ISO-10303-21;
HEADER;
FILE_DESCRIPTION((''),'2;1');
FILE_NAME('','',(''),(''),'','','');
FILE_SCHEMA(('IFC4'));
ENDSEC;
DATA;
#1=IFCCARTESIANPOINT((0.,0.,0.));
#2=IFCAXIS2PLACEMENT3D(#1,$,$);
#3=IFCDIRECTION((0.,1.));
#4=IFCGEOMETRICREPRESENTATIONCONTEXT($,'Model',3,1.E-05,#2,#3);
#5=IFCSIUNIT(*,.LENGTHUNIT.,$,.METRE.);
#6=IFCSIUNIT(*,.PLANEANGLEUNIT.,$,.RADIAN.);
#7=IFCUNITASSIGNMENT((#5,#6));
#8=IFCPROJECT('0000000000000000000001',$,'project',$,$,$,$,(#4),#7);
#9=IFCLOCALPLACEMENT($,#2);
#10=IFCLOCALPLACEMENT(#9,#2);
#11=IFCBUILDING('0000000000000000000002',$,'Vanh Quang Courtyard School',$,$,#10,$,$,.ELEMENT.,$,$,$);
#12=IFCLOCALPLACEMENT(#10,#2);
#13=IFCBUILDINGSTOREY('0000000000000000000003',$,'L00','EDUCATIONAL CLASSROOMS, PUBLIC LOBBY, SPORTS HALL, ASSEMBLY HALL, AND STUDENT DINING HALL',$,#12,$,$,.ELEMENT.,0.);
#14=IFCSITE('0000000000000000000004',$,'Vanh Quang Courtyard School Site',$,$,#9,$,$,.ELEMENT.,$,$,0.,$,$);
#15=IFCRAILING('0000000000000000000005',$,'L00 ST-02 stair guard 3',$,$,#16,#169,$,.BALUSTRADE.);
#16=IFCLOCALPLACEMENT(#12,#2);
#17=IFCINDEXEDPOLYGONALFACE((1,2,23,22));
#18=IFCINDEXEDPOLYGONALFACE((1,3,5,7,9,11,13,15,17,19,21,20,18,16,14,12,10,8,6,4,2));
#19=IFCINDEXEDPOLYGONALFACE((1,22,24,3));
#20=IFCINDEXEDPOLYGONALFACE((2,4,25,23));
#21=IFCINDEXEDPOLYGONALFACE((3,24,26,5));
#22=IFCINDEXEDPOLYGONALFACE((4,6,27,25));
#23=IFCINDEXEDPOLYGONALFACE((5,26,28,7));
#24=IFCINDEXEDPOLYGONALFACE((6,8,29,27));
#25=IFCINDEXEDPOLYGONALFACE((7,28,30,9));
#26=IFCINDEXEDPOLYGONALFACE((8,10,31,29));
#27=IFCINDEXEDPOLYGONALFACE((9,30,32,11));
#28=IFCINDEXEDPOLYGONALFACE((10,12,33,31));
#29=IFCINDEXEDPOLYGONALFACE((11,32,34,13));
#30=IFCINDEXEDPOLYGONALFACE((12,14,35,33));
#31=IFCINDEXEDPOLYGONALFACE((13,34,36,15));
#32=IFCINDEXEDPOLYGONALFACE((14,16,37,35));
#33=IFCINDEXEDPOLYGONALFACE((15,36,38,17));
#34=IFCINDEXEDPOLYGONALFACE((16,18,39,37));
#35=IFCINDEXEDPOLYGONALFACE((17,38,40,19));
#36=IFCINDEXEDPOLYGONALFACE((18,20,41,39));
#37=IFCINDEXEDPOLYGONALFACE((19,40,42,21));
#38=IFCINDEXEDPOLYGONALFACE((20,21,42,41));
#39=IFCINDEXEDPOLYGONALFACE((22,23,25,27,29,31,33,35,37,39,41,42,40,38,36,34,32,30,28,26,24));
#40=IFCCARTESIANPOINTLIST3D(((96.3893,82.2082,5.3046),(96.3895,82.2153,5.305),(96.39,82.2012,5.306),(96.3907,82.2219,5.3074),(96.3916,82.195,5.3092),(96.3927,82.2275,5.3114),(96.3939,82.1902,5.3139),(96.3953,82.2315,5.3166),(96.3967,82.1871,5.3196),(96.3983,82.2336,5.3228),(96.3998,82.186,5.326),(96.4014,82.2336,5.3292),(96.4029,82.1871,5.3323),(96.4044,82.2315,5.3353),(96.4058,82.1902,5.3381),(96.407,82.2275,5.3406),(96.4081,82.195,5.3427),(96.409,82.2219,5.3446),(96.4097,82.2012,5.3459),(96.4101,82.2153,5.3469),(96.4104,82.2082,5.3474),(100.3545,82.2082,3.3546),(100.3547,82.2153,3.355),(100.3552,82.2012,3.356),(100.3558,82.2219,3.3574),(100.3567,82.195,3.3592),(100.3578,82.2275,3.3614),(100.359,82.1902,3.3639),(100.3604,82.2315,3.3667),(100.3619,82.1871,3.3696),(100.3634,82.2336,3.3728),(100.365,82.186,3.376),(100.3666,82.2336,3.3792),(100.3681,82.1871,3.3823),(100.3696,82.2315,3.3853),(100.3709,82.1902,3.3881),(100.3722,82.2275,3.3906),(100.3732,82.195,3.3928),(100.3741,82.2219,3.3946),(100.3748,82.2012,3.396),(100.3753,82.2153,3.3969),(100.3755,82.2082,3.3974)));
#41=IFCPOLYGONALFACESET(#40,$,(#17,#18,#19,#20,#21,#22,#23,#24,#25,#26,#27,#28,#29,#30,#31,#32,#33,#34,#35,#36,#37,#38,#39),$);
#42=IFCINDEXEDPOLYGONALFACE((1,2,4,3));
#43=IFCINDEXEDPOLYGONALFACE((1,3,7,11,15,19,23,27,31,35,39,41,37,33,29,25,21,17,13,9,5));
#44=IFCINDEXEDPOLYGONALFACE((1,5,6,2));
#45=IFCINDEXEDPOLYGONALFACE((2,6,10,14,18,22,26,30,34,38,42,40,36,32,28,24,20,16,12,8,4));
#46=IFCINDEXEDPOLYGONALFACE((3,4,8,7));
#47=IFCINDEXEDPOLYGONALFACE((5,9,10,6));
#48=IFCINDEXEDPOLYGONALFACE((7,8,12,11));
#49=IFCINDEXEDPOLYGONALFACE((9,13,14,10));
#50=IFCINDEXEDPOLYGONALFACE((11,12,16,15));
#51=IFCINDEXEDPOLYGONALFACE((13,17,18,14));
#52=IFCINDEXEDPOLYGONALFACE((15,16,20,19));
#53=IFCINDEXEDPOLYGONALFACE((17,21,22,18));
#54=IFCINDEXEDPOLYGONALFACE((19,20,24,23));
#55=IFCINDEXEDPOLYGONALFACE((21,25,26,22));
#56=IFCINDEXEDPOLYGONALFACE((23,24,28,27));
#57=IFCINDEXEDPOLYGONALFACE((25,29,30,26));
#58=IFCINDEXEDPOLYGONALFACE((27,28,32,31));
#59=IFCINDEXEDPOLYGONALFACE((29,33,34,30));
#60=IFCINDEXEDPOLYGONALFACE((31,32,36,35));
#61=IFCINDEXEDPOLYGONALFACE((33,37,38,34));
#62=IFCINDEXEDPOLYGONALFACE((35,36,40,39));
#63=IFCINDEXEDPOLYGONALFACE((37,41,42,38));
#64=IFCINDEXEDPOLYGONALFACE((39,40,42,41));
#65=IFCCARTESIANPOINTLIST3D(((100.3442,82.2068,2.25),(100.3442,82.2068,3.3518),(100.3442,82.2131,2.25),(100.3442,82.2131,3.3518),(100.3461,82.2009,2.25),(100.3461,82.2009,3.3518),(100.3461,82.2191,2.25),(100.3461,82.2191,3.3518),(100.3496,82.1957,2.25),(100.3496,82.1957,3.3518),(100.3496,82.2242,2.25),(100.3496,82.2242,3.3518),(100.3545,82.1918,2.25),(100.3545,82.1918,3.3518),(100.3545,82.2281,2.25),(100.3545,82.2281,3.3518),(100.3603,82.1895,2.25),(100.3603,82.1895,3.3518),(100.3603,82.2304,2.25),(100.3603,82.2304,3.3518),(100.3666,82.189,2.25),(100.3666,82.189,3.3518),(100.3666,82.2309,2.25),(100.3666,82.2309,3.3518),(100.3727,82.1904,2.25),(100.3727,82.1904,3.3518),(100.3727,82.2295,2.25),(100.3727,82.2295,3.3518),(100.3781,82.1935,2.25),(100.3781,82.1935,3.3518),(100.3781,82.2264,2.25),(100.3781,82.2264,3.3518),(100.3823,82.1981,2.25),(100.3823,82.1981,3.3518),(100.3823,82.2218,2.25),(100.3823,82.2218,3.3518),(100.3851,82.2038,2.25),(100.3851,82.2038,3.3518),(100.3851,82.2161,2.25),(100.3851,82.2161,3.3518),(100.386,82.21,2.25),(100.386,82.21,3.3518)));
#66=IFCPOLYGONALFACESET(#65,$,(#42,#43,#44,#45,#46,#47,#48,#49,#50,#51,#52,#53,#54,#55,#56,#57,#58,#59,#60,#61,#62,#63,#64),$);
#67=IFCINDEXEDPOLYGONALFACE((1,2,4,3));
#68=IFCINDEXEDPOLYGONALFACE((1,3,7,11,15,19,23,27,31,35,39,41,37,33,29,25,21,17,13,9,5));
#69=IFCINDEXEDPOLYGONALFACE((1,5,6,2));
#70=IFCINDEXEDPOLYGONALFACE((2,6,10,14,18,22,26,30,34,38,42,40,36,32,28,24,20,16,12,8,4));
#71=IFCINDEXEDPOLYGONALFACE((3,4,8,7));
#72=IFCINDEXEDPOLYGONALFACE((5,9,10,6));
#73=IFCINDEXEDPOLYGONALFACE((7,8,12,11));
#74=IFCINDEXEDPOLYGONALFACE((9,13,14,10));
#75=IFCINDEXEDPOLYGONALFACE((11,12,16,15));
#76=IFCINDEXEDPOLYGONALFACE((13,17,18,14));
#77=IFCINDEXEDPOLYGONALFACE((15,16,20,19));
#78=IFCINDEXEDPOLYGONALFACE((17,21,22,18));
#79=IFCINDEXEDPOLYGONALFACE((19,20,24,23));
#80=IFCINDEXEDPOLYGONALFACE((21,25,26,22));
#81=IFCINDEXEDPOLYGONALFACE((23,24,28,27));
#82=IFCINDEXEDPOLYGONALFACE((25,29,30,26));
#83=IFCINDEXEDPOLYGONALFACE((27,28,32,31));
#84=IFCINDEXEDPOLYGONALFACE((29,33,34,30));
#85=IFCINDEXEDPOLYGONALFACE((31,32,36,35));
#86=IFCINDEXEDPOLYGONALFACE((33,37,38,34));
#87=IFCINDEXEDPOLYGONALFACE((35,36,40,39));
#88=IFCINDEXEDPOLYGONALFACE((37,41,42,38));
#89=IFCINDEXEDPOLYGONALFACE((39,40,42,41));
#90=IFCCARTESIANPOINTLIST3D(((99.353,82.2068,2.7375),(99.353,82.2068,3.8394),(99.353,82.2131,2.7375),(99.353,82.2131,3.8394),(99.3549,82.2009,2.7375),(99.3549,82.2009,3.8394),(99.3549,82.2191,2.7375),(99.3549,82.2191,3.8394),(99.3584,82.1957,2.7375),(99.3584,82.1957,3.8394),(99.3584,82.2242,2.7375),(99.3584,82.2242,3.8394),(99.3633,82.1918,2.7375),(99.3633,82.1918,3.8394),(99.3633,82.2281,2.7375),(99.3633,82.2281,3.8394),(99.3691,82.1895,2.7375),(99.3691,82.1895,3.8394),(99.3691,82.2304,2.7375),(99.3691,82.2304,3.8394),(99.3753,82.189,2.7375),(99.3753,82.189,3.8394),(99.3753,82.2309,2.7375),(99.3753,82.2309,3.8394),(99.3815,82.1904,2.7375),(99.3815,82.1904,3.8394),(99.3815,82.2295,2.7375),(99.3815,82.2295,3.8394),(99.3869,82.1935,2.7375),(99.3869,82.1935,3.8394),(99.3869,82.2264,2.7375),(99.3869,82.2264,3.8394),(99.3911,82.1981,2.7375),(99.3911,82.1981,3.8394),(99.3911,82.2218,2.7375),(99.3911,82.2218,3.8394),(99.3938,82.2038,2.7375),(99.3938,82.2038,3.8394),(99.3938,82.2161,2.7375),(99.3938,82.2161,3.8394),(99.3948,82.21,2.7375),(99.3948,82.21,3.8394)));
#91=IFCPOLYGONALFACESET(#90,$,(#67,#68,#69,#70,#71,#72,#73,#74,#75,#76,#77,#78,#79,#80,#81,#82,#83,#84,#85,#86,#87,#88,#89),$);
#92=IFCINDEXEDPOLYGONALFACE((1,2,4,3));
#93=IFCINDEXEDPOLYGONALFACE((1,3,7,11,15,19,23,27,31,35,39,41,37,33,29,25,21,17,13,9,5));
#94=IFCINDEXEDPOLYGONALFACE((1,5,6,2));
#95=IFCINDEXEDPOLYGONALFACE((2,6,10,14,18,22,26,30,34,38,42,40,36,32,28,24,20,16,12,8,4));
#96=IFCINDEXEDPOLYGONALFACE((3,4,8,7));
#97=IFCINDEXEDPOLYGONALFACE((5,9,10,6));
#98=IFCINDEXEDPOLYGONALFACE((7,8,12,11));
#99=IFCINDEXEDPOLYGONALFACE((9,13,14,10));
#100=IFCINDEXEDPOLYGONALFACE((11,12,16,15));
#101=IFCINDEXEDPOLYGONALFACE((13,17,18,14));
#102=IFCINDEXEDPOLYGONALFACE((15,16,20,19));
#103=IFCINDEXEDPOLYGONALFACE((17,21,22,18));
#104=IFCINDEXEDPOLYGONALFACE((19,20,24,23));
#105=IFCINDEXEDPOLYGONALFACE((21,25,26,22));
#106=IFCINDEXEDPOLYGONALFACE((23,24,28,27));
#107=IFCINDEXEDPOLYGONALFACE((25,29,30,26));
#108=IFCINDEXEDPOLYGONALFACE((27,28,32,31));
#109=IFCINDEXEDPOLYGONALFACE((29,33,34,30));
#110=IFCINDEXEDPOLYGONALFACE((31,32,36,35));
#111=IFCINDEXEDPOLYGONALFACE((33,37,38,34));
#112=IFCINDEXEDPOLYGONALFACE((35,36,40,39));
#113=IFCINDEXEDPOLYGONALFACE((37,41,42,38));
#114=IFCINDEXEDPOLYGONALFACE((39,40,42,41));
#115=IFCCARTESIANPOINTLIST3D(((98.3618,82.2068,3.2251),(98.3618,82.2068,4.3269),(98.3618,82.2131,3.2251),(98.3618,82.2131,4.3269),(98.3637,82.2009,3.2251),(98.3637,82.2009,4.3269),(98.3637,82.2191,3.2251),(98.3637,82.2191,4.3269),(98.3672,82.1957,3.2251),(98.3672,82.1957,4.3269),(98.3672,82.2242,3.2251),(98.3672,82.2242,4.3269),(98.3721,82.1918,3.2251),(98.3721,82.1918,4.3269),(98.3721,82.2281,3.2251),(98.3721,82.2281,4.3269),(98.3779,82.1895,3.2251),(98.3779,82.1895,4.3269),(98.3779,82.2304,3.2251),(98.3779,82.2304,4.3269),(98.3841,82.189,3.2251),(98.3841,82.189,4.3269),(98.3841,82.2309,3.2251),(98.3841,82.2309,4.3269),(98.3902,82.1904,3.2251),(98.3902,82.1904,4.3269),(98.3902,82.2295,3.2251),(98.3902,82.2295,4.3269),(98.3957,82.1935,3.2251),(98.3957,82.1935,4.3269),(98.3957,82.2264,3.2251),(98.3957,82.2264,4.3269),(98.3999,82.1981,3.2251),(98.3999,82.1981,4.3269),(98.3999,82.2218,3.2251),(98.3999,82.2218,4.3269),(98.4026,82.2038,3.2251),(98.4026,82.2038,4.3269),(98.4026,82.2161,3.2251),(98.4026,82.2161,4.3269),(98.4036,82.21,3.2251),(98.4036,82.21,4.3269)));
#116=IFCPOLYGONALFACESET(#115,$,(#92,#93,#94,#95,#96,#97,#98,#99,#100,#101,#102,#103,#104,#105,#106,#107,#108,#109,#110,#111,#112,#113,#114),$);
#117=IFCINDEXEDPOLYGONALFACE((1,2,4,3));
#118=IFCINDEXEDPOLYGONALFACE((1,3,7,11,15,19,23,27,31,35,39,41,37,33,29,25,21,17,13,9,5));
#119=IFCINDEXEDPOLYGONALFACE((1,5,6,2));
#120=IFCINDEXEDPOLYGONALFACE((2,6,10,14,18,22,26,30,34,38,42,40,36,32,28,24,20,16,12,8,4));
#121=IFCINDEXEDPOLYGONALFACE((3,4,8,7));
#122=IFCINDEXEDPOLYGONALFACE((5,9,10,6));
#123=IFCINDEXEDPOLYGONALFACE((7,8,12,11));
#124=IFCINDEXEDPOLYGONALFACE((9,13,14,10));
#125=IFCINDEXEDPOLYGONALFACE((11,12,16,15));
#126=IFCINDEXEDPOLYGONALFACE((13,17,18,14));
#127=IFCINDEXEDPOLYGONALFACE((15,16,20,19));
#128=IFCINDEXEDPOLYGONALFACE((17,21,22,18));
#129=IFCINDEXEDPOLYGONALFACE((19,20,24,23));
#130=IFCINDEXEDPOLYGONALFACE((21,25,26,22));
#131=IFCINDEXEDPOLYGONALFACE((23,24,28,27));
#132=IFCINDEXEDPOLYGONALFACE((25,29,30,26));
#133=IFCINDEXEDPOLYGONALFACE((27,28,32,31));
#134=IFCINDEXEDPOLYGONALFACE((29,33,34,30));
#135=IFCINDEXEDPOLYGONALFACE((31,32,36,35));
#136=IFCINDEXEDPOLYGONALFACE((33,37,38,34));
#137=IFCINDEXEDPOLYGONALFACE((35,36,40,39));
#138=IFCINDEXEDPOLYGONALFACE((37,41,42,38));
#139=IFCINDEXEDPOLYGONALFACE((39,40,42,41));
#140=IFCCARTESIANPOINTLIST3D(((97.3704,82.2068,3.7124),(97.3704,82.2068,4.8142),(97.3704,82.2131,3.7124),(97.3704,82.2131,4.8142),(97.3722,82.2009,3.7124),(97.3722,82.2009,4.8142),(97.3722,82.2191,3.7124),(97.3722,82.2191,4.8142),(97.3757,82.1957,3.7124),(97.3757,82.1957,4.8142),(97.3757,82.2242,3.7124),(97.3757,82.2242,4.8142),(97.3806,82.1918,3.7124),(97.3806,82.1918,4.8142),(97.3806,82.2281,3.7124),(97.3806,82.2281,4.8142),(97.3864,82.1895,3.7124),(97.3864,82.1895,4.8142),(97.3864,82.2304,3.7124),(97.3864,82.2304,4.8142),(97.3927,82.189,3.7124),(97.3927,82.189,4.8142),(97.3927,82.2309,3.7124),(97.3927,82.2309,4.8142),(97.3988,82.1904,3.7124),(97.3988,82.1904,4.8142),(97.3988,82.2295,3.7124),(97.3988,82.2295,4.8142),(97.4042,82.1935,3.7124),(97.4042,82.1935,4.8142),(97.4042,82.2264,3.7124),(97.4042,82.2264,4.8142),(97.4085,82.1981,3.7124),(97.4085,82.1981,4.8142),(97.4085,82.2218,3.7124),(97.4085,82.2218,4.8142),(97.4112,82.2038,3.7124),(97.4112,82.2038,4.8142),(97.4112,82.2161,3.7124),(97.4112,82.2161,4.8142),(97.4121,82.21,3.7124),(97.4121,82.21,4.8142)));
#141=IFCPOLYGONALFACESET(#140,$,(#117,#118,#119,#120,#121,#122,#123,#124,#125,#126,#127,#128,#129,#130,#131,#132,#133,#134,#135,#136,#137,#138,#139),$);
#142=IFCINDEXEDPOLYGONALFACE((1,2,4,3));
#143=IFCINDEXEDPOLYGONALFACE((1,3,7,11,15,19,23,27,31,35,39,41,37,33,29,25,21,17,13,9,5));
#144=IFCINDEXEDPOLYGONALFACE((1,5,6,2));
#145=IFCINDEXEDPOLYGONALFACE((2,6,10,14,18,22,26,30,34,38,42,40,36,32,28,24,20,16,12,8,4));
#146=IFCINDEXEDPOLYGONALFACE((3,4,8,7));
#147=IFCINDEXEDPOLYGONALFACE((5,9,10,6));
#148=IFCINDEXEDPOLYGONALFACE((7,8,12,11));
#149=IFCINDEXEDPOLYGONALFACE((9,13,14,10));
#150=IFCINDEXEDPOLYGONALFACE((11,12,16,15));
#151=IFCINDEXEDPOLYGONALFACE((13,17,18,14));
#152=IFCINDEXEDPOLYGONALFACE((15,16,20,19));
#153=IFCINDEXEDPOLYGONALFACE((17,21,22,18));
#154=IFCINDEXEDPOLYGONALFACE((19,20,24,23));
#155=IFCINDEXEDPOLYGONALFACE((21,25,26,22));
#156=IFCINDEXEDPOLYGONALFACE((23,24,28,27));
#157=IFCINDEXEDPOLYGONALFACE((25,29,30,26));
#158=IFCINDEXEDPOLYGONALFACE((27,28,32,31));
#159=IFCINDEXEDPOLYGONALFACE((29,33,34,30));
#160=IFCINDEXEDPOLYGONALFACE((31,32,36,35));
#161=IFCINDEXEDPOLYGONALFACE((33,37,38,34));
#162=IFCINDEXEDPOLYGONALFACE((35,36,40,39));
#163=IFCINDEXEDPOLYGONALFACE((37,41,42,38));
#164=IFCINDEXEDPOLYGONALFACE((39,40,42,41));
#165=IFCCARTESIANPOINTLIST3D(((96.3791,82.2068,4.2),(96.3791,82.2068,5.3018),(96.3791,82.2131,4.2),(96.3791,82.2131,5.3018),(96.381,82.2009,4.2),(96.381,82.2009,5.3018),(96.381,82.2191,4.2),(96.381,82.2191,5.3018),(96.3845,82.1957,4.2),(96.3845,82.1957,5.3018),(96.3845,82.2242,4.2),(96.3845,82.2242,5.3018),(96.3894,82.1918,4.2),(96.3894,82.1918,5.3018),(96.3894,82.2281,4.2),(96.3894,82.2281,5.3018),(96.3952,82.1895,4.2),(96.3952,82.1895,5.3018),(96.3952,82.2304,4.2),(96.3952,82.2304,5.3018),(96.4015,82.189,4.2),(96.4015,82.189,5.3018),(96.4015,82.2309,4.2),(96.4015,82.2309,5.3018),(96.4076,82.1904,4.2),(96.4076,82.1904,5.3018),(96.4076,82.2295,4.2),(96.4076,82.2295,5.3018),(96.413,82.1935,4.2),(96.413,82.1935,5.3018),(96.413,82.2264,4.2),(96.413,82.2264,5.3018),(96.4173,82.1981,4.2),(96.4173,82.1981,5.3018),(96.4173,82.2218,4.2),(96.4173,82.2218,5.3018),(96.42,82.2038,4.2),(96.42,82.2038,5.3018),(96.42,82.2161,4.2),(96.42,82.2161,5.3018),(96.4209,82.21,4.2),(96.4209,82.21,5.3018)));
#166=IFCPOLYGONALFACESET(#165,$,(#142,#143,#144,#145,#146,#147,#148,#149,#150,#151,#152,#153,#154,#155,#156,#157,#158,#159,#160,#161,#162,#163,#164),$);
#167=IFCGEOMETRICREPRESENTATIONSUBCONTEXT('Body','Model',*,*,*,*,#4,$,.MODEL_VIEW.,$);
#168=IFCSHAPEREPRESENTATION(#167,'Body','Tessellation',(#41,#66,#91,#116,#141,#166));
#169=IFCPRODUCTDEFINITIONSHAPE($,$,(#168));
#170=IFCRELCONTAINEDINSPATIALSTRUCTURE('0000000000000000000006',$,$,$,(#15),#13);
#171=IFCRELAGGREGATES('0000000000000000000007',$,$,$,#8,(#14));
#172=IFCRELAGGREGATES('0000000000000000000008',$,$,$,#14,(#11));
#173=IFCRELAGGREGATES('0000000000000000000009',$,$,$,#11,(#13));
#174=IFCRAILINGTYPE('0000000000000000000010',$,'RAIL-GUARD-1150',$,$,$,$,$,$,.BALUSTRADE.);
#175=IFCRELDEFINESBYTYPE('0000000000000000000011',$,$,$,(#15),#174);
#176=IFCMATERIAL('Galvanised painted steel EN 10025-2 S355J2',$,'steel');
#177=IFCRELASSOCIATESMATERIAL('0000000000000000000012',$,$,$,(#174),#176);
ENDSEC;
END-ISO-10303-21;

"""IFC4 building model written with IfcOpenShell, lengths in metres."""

from ifc_helpers import new_model, si_unit, direction, frame, origin, origin_2d, place, context, subcontext, project, spatial, circle, extrude, material, type_object, element, save


model = new_model("IFC4")

# Units and contexts
model_context = context("Model", 3, precision=1e-05, world=origin(), true_north=direction((0.0, 1.0)))
body_context = subcontext(model_context, "Body", "Model", "MODEL_VIEW")
ifc_project = project(units=[si_unit("LENGTHUNIT", "METRE"), si_unit("PLANEANGLEUNIT", "RADIAN")], contexts=[model_context])

# Site, building, storey
site_placement = place(None, origin())
site = spatial("IfcSite", under=ifc_project, at=site_placement, Name="Vanh Quang Courtyard School Site", CompositionType="ELEMENT", RefElevation=0.0)
building_placement = place(site_placement, origin())
building = spatial("IfcBuilding", under=site, at=building_placement, Name="Vanh Quang Courtyard School", CompositionType="ELEMENT")
storey_placement = place(building_placement, origin())
storey = spatial("IfcBuildingStorey", under=building, at=storey_placement, Name="L00", Description="EDUCATIONAL CLASSROOMS, PUBLIC LOBBY, SPORTS HALL, ASSEMBLY HALL, AND STUDENT DINING HALL", CompositionType="ELEMENT", Elevation=0.0)

# Railing
ifc_material_1 = material(Name="Galvanised painted steel EN 10025-2 S355J2", Category="steel")
railing_type_1 = type_object("IfcRailingType", Name="RAIL-GUARD-1150", PredefinedType="BALUSTRADE", material=ifc_material_1)
railing_1_placement = place(storey_placement, frame((100.365, 82.21, 2.25)))
element("IfcRailing", 1, at=railing_1_placement, inside=storey, type_object=railing_type_1, Name="L00 ST-02 stair guard 3", PredefinedType="BALUSTRADE", context=body_context, shape_type="SweptSolid", body=[
    extrude(circle(Radius=0.0239, at=origin_2d()), frame((0.0, 0.0, 1.126), z_axis=(-0.897358, 0.0, 0.441303), x_axis=(0.0, -1.0, 0.0)), (0.0, 0.0, 1.0), 4.4187),
    extrude(circle(Radius=0.021, at=origin_2d()), origin(), (0.0, 0.0, 1.0), 1.1018),
    extrude(circle(Radius=0.021, at=origin_2d()), frame((-0.9912, 0.0, 0.4875)), (0.0, 0.0, 1.0), 1.1018),
    extrude(circle(Radius=0.021, at=origin_2d()), frame((-1.9824, 0.0, 0.9751)), (0.0, 0.0, 1.0), 1.1018),
    extrude(circle(Radius=0.021, at=origin_2d()), frame((-2.9739, 0.0, 1.4624)), (0.0, 0.0, 1.0), 1.1018),
    extrude(circle(Radius=0.021, at=origin_2d()), frame((-3.9651, 0.0, 1.95)), (0.0, 0.0, 1.0), 1.1018),
])

save(model, "model.ifc")
